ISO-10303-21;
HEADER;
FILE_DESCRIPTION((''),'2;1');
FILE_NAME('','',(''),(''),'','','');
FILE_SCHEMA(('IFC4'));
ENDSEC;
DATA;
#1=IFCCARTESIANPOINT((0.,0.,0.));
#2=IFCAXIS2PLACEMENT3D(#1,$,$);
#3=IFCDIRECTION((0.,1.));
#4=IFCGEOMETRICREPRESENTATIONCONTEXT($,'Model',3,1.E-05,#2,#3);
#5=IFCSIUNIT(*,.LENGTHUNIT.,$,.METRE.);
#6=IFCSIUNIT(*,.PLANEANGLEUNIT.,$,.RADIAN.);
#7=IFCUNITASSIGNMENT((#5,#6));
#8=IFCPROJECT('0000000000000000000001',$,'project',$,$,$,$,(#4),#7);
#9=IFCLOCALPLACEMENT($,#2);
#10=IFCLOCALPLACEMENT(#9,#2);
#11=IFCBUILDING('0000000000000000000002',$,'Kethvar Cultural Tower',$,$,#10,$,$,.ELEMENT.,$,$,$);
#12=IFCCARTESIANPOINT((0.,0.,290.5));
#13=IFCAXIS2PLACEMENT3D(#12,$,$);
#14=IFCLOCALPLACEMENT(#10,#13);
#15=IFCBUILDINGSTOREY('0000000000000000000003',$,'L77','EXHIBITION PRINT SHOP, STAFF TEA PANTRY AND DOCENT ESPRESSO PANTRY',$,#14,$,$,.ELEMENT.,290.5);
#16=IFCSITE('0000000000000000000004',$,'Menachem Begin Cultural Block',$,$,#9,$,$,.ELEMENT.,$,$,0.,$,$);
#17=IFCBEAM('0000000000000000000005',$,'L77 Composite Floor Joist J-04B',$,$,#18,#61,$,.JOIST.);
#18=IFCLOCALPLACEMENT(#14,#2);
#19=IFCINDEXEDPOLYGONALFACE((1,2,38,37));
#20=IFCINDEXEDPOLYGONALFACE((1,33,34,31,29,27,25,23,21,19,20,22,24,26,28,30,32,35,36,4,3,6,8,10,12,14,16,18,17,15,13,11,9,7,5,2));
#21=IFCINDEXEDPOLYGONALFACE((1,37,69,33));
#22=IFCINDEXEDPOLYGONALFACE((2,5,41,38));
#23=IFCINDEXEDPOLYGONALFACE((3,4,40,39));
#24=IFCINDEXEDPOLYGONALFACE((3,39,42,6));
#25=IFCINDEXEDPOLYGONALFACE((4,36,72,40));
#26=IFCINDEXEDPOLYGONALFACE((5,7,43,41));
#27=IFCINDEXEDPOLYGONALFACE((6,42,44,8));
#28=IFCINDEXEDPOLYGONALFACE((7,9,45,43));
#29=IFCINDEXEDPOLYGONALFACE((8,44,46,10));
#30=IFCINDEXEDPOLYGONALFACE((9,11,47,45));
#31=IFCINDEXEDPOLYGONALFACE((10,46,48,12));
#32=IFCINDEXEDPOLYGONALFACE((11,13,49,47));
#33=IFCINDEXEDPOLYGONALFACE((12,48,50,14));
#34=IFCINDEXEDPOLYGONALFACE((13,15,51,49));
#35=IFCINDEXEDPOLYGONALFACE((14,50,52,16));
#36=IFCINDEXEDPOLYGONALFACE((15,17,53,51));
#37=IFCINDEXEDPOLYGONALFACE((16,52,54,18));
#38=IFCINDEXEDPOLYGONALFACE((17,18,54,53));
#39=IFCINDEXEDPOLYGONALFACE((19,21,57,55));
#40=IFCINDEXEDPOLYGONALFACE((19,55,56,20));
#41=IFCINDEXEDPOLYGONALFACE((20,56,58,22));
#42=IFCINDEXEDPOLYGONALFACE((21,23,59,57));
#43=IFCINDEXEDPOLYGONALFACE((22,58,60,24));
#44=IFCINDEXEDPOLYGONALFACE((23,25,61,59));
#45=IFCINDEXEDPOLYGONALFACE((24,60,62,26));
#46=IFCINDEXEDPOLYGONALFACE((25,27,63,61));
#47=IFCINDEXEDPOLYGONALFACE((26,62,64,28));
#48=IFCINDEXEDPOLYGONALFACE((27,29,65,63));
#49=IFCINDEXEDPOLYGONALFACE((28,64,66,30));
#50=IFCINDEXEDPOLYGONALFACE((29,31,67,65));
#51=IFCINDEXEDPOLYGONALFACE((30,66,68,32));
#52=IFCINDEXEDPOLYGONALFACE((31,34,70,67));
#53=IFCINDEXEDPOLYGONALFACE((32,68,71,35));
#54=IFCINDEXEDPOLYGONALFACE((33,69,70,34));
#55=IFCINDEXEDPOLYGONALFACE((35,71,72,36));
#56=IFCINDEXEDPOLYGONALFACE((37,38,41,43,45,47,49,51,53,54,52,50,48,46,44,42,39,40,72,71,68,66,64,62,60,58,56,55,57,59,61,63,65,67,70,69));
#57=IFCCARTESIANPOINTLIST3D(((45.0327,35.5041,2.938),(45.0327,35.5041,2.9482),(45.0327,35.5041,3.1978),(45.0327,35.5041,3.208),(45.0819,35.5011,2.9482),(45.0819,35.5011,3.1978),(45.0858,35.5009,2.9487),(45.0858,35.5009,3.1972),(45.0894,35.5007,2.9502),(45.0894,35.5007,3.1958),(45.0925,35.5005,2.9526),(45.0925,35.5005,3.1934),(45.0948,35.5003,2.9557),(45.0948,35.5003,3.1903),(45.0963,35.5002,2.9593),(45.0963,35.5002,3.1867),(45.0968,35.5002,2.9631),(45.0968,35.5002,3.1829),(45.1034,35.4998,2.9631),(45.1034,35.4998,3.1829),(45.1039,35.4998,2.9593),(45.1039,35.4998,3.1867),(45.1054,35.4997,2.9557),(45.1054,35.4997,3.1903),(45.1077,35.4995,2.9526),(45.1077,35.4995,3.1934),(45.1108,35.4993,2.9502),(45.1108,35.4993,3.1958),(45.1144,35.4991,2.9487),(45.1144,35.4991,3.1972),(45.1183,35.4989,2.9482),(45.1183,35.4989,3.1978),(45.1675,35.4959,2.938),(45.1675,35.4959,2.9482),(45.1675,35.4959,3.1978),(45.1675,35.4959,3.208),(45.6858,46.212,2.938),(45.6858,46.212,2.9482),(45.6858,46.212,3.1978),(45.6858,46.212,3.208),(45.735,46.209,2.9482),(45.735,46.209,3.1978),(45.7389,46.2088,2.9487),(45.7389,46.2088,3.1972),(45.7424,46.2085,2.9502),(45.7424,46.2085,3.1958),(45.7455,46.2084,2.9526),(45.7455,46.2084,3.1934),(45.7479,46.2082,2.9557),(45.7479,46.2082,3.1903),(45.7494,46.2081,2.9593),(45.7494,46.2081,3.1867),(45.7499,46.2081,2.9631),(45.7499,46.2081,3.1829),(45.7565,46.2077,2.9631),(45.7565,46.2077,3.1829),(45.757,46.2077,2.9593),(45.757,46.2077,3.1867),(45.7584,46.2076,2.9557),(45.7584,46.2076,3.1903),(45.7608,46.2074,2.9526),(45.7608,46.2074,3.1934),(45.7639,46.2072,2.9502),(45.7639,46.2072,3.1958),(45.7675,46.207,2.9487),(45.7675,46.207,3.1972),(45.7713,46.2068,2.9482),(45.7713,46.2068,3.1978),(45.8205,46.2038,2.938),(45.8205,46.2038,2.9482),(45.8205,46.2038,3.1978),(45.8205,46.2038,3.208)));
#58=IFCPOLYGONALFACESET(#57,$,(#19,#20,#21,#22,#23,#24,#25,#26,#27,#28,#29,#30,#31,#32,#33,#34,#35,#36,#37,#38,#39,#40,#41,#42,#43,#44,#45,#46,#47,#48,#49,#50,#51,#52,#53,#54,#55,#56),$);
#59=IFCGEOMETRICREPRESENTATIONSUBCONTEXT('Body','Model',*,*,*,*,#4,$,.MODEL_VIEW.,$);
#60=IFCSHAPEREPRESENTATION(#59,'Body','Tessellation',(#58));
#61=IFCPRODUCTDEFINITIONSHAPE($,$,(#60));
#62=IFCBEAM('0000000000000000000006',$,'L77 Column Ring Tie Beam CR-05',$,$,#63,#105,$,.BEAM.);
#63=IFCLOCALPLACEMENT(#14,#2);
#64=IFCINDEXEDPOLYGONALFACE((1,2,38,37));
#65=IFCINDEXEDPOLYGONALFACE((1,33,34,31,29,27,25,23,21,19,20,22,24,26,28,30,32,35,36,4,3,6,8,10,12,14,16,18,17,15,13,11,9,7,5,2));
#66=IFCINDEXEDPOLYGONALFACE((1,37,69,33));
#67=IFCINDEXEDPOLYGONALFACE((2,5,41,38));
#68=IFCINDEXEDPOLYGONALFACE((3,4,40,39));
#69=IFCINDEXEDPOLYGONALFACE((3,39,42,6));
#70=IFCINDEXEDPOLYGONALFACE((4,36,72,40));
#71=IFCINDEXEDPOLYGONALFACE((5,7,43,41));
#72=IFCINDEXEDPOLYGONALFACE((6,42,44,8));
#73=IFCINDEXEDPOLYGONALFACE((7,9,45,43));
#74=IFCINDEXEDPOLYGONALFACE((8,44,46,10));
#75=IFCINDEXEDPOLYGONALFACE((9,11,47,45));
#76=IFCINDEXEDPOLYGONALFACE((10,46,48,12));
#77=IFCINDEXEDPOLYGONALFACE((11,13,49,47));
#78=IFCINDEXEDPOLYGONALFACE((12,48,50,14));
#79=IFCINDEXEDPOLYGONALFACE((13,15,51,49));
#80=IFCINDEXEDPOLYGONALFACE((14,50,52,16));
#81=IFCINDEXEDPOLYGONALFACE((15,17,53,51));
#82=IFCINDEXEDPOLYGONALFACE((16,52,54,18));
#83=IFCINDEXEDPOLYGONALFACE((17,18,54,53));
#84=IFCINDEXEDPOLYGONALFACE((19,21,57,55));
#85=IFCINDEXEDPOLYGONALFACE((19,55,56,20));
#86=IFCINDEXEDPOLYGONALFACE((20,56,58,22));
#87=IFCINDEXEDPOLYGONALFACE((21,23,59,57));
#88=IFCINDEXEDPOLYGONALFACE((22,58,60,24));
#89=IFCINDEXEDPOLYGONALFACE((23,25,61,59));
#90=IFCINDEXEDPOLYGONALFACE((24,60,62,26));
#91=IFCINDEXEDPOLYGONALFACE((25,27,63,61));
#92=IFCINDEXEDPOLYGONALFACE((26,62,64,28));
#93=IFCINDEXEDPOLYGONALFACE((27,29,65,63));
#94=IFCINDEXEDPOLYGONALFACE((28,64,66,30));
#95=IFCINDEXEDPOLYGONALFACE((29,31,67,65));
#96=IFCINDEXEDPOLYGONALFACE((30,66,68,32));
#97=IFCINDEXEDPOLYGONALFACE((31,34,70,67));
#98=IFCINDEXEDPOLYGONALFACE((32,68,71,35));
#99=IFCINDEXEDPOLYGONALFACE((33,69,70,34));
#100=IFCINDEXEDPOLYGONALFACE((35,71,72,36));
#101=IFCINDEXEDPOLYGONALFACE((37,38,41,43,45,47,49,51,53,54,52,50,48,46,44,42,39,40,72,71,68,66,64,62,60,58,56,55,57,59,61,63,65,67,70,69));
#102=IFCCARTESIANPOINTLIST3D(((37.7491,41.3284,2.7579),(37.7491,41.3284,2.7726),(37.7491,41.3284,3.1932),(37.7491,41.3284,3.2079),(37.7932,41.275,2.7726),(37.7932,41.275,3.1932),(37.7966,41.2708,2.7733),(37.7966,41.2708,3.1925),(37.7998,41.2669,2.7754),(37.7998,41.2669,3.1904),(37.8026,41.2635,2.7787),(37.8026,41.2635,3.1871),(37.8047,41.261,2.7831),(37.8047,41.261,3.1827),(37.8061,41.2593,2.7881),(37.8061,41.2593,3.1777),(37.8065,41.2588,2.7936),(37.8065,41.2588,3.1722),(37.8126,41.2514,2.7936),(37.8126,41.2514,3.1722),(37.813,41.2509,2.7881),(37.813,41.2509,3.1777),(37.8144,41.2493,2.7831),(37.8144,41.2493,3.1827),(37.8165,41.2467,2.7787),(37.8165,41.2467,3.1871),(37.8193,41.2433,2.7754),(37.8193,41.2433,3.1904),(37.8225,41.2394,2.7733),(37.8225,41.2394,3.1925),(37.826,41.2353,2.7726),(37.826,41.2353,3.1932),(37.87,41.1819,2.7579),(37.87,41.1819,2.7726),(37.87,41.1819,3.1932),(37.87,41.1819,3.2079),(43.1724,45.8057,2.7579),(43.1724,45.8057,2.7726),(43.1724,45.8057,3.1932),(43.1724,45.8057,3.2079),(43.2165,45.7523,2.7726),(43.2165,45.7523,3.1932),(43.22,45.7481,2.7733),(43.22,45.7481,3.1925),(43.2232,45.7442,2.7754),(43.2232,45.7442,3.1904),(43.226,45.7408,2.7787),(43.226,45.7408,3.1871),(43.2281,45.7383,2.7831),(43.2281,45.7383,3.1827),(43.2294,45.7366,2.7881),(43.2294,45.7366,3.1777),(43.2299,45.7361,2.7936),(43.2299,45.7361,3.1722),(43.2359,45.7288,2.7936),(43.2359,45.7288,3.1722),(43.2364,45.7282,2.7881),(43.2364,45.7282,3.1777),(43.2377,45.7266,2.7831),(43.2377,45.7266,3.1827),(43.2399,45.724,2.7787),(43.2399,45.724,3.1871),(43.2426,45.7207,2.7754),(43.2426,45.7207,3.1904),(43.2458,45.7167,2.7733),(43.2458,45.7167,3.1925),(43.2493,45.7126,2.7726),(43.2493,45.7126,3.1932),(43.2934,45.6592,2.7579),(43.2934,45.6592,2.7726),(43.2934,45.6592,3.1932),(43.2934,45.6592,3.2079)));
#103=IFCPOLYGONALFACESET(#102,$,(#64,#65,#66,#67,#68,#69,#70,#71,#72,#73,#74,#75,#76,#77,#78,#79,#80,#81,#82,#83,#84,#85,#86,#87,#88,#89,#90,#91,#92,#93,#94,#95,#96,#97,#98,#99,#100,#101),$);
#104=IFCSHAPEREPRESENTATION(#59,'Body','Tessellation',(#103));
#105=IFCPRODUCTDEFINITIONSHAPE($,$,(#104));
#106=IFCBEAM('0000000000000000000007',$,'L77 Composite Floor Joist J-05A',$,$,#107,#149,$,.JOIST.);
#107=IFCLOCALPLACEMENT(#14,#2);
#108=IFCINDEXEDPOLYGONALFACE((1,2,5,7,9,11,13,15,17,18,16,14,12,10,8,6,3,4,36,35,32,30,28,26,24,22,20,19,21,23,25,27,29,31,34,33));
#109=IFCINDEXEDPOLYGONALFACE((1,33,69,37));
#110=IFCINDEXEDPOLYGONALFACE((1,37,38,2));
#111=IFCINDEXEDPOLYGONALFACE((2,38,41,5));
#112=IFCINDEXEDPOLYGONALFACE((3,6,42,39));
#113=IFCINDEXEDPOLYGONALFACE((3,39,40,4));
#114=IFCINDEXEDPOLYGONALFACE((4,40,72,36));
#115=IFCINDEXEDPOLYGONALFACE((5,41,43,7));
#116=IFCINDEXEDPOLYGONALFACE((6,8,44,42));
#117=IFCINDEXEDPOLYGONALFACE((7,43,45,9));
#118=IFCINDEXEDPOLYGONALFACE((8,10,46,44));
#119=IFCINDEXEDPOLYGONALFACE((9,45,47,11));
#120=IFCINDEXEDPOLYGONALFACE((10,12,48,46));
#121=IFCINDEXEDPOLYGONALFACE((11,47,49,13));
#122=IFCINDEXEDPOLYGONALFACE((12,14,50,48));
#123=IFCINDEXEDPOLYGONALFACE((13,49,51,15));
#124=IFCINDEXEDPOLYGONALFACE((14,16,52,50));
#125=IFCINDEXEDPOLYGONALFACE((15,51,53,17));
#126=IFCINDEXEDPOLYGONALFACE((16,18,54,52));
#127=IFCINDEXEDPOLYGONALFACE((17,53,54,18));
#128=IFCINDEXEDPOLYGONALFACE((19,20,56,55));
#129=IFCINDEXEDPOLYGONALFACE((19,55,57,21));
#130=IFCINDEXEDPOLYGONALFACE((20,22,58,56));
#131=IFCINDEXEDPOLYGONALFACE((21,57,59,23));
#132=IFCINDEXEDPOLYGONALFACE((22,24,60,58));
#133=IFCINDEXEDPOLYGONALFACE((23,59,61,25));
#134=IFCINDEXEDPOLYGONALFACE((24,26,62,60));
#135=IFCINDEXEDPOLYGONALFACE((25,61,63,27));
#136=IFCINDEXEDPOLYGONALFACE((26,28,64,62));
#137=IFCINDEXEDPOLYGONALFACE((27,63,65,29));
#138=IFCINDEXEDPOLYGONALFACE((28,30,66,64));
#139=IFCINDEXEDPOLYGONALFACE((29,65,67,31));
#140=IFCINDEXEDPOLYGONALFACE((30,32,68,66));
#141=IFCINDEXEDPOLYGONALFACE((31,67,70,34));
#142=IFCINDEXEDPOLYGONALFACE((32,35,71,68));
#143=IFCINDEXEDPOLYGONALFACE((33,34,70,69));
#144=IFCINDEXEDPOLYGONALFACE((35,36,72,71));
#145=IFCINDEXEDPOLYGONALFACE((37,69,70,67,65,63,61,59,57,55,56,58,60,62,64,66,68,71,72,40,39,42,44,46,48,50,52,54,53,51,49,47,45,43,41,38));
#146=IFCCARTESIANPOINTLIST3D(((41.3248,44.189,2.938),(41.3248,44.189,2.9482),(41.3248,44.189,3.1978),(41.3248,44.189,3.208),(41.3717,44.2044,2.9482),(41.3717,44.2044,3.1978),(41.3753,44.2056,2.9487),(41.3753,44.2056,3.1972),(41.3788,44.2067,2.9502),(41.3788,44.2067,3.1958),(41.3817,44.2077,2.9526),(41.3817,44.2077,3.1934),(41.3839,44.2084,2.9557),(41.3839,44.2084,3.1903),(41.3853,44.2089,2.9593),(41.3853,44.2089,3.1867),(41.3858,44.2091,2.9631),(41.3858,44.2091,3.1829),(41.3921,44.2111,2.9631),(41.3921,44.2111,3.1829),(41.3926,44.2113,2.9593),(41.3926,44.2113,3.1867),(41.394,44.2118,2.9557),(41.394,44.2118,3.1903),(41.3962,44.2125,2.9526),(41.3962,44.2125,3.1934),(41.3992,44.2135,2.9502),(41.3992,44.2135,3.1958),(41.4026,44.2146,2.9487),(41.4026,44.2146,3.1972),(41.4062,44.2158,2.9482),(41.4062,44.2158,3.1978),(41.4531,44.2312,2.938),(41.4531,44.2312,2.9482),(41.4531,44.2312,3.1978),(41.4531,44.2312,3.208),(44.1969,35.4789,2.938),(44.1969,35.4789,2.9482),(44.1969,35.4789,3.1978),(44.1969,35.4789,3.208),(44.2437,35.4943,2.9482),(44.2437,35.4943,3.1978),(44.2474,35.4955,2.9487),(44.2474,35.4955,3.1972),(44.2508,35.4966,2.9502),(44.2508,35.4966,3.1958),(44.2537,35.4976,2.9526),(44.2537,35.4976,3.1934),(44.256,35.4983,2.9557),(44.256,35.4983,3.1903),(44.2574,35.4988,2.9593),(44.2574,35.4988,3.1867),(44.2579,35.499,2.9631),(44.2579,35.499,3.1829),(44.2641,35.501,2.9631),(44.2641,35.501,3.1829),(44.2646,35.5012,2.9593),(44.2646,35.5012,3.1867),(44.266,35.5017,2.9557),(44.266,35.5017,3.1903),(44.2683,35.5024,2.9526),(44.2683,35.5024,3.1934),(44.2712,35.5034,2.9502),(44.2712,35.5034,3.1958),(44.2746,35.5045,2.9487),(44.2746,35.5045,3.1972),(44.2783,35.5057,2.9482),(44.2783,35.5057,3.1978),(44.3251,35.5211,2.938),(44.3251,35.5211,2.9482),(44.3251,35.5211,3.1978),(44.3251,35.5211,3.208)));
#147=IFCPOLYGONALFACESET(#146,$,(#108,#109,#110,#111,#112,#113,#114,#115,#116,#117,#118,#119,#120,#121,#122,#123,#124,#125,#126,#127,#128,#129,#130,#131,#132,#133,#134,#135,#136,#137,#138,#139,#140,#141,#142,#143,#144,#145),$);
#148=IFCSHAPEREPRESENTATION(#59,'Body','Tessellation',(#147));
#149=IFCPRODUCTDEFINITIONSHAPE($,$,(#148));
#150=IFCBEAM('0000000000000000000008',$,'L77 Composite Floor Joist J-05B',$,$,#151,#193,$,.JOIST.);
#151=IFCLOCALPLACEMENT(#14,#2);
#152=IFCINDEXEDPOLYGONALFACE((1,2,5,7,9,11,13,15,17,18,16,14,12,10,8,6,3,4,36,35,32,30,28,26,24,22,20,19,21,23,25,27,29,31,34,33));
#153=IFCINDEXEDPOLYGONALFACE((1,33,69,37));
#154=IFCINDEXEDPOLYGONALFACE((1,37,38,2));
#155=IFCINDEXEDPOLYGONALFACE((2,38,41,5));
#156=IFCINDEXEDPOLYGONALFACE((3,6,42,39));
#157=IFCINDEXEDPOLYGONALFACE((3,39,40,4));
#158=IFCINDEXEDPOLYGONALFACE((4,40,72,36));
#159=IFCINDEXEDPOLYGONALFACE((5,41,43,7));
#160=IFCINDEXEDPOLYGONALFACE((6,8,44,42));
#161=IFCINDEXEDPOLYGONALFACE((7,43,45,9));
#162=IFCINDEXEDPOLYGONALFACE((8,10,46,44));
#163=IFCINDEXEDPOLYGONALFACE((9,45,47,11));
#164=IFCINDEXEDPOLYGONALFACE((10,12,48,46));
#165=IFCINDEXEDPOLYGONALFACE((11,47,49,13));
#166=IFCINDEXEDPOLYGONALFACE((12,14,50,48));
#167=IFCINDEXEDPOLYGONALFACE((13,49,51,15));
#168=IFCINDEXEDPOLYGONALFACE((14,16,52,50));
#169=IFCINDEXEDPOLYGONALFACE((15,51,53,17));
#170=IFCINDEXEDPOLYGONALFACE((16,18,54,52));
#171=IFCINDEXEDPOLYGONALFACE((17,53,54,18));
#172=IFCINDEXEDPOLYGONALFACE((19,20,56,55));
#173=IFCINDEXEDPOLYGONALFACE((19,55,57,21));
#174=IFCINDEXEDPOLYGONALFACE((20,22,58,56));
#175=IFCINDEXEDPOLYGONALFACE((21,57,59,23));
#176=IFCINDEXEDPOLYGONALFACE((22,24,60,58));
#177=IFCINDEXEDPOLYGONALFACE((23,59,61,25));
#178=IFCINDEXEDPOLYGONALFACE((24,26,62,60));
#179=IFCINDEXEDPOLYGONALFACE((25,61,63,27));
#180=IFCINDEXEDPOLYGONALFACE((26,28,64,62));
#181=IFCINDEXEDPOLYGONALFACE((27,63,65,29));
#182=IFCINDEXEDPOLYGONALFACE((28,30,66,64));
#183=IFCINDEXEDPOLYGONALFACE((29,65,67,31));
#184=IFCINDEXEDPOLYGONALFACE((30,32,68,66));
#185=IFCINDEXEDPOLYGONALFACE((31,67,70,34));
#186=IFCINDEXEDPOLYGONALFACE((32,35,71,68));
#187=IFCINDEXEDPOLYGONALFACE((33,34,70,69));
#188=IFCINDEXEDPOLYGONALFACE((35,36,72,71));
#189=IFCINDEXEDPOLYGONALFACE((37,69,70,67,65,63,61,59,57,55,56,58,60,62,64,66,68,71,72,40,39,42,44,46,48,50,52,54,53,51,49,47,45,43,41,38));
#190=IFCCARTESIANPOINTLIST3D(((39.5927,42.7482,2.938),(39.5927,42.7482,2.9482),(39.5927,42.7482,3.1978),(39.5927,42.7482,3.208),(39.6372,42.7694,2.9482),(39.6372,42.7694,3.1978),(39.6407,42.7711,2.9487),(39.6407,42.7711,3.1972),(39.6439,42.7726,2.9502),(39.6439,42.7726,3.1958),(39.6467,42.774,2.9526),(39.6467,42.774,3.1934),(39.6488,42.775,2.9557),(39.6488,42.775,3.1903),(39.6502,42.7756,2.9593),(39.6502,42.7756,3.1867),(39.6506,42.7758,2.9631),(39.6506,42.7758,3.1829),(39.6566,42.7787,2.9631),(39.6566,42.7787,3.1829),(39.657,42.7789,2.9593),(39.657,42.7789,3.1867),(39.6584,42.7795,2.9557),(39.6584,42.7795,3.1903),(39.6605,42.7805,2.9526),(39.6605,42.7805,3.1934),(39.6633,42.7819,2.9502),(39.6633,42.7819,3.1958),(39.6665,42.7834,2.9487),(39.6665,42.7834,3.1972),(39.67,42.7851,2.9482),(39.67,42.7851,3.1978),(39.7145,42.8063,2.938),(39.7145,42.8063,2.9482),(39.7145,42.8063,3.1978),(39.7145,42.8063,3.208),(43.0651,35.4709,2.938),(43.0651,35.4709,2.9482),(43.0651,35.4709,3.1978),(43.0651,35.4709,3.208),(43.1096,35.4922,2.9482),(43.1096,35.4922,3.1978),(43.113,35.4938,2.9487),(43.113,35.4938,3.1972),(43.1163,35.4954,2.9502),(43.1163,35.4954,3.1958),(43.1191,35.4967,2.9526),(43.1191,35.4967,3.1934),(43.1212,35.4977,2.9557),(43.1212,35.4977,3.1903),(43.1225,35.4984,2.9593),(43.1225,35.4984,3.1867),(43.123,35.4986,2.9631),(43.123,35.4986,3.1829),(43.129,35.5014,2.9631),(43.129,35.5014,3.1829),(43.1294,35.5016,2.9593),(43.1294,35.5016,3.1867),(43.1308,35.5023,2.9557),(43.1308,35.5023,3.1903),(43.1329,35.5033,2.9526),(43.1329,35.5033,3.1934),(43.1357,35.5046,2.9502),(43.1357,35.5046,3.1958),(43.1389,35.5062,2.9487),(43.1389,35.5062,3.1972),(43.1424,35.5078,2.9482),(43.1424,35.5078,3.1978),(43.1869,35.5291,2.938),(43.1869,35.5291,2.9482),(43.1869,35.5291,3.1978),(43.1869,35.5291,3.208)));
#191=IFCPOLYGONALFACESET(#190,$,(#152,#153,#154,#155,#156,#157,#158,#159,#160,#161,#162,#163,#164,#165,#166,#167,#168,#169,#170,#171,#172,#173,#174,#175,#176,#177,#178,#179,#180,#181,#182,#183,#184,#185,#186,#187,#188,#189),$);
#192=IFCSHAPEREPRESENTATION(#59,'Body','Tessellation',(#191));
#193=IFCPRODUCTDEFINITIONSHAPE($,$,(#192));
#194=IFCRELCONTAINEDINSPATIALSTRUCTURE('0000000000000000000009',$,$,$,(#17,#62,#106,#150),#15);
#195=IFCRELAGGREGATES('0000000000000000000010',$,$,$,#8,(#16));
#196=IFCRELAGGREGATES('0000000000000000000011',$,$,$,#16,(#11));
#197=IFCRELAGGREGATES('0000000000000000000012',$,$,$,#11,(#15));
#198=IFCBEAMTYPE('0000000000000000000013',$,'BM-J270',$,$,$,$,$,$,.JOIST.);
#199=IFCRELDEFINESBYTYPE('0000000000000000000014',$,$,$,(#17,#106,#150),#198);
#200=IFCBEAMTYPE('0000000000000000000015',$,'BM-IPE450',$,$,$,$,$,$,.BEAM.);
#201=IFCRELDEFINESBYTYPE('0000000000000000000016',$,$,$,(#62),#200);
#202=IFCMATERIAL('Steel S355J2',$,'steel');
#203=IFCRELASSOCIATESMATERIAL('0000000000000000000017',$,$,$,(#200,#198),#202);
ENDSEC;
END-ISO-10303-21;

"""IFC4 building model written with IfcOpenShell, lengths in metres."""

from ifc_helpers import new_model, si_unit, direction, frame, origin, origin_2d, place, context, subcontext, project, spatial, i_section, extrude, source, transform, mapped, material, material_profile, profile_set, type_object, element, save


model = new_model("IFC4")

# Units and contexts
model_context = context("Model", 3, precision=1e-05, world=origin(), true_north=direction((0.0, 1.0)))
body_context = subcontext(model_context, "Body", "Model", "MODEL_VIEW")
ifc_project = project(units=[si_unit("LENGTHUNIT", "METRE"), si_unit("PLANEANGLEUNIT", "RADIAN")], contexts=[model_context])

# Site, building, storey
site_placement = place(None, origin())
site = spatial("IfcSite", under=ifc_project, at=site_placement, Name="Menachem Begin Cultural Block", CompositionType="ELEMENT", RefElevation=0.0)
building_placement = place(site_placement, origin())
building = spatial("IfcBuilding", under=site, at=building_placement, Name="Kethvar Cultural Tower", CompositionType="ELEMENT")
storey_placement = place(building_placement, frame((0.0, 0.0, 290.5)))
storey = spatial("IfcBuildingStorey", under=building, at=storey_placement, Name="L77", Description="EXHIBITION PRINT SHOP, STAFF TEA PANTRY AND DOCENT ESPRESSO PANTRY", CompositionType="ELEMENT", Elevation=290.5)

# Shared definitions
ifc_material_1 = material(Name="Steel S355J2", Category="steel")

# Beams
ifc_material_profile_1 = material_profile(ifc_material_1, i_section(OverallWidth=0.1899, OverallDepth=0.45, WebThickness=0.0095, FlangeThickness=0.0146, FilletRadius=0.021, at=origin_2d()), Name="Steel S355J2 — IPE450")
ifc_profile_set_1 = profile_set([ifc_material_profile_1], Name="Steel S355J2 — IPE450")
beam_type_1 = type_object("IfcBeamType", Name="BM-IPE450", PredefinedType="BEAM", material=ifc_profile_set_1)
ifc_material_profile_2 = material_profile(ifc_material_1, i_section(OverallWidth=0.135, OverallDepth=0.27, WebThickness=0.0066, FlangeThickness=0.0103, FilletRadius=0.0149, at=origin_2d()), Name="Steel S355J2 — IPE270")
ifc_profile_set_2 = profile_set([ifc_material_profile_2], Name="Steel S355J2 — IPE270")
beam_type_2 = type_object("IfcBeamType", Name="BM-J270", PredefinedType="JOIST", material=ifc_profile_set_2)
shared_shape_1 = source(origin(), body_context, "Body", "SweptSolid", [
    extrude(i_section(OverallWidth=0.135, OverallDepth=0.27, WebThickness=0.0066, FlangeThickness=0.0103, FilletRadius=0.0149, at=origin_2d()), origin(), (0.0, 0.0, 1.0), 10.7278),
])
beam_1_placement = place(storey_placement, frame((45.1001, 35.5, 3.073), z_axis=(0.060876, 0.998145, 0.0), x_axis=(-0.998145, 0.060876, 0.0)))
element("IfcBeam", 1, at=beam_1_placement, inside=storey, type_object=beam_type_2, Name="L77 Composite Floor Joist J-04B", PredefinedType="JOIST", context=body_context, shape_type="MappedRepresentation", body=[
    mapped(shared_shape_1, transform((0.0, 0.0, 0.0), scale=1.0)),
])
shared_shape_2 = source(origin(), body_context, "Body", "SweptSolid", [
    extrude(i_section(OverallWidth=0.1899, OverallDepth=0.45, WebThickness=0.0095, FlangeThickness=0.0146, FilletRadius=0.021, at=origin_2d()), origin(), (0.0, 0.0, 1.0), 7.0327),
])
beam_2_placement = place(storey_placement, frame((43.2329, 45.7324, 2.9829), z_axis=(-0.771161, -0.63664, 0.0), x_axis=(0.63664, -0.771161, 0.0)))
element("IfcBeam", 2, at=beam_2_placement, inside=storey, type_object=beam_type_1, Name="L77 Column Ring Tie Beam CR-05", PredefinedType="BEAM", context=body_context, shape_type="MappedRepresentation", body=[
    mapped(shared_shape_2, transform((0.0, 0.0, 0.0), scale=1.0)),
])
shared_shape_3 = source(origin(), body_context, "Body", "SweptSolid", [
    extrude(i_section(OverallWidth=0.135, OverallDepth=0.27, WebThickness=0.0066, FlangeThickness=0.0103, FilletRadius=0.0149, at=origin_2d()), origin(), (0.0, 0.0, 1.0), 9.1714),
])
beam_3_placement = place(storey_placement, frame((44.261, 35.5, 3.073), z_axis=(-0.313152, 0.949703, 0.0), x_axis=(-0.949703, -0.313152, 0.0)))
element("IfcBeam", 3, at=beam_3_placement, inside=storey, type_object=beam_type_2, Name="L77 Composite Floor Joist J-05A", PredefinedType="JOIST", context=body_context, shape_type="MappedRepresentation", body=[
    mapped(shared_shape_3, transform((0.0, 0.0, 0.0), scale=1.0)),
])
shared_shape_4 = source(origin(), body_context, "Body", "SweptSolid", [
    extrude(i_section(OverallWidth=0.135, OverallDepth=0.27, WebThickness=0.0066, FlangeThickness=0.0103, FilletRadius=0.0149, at=origin_2d()), origin(), (0.0, 0.0, 1.0), 8.0632),
])
beam_4_placement = place(storey_placement, frame((43.126, 35.5, 3.073), z_axis=(-0.430642, 0.902523, 0.0), x_axis=(-0.902523, -0.430642, 0.0)))
element("IfcBeam", 4, at=beam_4_placement, inside=storey, type_object=beam_type_2, Name="L77 Composite Floor Joist J-05B", PredefinedType="JOIST", context=body_context, shape_type="MappedRepresentation", body=[
    mapped(shared_shape_4, transform((0.0, 0.0, 0.0), scale=1.0)),
])

save(model, "model.ifc")
